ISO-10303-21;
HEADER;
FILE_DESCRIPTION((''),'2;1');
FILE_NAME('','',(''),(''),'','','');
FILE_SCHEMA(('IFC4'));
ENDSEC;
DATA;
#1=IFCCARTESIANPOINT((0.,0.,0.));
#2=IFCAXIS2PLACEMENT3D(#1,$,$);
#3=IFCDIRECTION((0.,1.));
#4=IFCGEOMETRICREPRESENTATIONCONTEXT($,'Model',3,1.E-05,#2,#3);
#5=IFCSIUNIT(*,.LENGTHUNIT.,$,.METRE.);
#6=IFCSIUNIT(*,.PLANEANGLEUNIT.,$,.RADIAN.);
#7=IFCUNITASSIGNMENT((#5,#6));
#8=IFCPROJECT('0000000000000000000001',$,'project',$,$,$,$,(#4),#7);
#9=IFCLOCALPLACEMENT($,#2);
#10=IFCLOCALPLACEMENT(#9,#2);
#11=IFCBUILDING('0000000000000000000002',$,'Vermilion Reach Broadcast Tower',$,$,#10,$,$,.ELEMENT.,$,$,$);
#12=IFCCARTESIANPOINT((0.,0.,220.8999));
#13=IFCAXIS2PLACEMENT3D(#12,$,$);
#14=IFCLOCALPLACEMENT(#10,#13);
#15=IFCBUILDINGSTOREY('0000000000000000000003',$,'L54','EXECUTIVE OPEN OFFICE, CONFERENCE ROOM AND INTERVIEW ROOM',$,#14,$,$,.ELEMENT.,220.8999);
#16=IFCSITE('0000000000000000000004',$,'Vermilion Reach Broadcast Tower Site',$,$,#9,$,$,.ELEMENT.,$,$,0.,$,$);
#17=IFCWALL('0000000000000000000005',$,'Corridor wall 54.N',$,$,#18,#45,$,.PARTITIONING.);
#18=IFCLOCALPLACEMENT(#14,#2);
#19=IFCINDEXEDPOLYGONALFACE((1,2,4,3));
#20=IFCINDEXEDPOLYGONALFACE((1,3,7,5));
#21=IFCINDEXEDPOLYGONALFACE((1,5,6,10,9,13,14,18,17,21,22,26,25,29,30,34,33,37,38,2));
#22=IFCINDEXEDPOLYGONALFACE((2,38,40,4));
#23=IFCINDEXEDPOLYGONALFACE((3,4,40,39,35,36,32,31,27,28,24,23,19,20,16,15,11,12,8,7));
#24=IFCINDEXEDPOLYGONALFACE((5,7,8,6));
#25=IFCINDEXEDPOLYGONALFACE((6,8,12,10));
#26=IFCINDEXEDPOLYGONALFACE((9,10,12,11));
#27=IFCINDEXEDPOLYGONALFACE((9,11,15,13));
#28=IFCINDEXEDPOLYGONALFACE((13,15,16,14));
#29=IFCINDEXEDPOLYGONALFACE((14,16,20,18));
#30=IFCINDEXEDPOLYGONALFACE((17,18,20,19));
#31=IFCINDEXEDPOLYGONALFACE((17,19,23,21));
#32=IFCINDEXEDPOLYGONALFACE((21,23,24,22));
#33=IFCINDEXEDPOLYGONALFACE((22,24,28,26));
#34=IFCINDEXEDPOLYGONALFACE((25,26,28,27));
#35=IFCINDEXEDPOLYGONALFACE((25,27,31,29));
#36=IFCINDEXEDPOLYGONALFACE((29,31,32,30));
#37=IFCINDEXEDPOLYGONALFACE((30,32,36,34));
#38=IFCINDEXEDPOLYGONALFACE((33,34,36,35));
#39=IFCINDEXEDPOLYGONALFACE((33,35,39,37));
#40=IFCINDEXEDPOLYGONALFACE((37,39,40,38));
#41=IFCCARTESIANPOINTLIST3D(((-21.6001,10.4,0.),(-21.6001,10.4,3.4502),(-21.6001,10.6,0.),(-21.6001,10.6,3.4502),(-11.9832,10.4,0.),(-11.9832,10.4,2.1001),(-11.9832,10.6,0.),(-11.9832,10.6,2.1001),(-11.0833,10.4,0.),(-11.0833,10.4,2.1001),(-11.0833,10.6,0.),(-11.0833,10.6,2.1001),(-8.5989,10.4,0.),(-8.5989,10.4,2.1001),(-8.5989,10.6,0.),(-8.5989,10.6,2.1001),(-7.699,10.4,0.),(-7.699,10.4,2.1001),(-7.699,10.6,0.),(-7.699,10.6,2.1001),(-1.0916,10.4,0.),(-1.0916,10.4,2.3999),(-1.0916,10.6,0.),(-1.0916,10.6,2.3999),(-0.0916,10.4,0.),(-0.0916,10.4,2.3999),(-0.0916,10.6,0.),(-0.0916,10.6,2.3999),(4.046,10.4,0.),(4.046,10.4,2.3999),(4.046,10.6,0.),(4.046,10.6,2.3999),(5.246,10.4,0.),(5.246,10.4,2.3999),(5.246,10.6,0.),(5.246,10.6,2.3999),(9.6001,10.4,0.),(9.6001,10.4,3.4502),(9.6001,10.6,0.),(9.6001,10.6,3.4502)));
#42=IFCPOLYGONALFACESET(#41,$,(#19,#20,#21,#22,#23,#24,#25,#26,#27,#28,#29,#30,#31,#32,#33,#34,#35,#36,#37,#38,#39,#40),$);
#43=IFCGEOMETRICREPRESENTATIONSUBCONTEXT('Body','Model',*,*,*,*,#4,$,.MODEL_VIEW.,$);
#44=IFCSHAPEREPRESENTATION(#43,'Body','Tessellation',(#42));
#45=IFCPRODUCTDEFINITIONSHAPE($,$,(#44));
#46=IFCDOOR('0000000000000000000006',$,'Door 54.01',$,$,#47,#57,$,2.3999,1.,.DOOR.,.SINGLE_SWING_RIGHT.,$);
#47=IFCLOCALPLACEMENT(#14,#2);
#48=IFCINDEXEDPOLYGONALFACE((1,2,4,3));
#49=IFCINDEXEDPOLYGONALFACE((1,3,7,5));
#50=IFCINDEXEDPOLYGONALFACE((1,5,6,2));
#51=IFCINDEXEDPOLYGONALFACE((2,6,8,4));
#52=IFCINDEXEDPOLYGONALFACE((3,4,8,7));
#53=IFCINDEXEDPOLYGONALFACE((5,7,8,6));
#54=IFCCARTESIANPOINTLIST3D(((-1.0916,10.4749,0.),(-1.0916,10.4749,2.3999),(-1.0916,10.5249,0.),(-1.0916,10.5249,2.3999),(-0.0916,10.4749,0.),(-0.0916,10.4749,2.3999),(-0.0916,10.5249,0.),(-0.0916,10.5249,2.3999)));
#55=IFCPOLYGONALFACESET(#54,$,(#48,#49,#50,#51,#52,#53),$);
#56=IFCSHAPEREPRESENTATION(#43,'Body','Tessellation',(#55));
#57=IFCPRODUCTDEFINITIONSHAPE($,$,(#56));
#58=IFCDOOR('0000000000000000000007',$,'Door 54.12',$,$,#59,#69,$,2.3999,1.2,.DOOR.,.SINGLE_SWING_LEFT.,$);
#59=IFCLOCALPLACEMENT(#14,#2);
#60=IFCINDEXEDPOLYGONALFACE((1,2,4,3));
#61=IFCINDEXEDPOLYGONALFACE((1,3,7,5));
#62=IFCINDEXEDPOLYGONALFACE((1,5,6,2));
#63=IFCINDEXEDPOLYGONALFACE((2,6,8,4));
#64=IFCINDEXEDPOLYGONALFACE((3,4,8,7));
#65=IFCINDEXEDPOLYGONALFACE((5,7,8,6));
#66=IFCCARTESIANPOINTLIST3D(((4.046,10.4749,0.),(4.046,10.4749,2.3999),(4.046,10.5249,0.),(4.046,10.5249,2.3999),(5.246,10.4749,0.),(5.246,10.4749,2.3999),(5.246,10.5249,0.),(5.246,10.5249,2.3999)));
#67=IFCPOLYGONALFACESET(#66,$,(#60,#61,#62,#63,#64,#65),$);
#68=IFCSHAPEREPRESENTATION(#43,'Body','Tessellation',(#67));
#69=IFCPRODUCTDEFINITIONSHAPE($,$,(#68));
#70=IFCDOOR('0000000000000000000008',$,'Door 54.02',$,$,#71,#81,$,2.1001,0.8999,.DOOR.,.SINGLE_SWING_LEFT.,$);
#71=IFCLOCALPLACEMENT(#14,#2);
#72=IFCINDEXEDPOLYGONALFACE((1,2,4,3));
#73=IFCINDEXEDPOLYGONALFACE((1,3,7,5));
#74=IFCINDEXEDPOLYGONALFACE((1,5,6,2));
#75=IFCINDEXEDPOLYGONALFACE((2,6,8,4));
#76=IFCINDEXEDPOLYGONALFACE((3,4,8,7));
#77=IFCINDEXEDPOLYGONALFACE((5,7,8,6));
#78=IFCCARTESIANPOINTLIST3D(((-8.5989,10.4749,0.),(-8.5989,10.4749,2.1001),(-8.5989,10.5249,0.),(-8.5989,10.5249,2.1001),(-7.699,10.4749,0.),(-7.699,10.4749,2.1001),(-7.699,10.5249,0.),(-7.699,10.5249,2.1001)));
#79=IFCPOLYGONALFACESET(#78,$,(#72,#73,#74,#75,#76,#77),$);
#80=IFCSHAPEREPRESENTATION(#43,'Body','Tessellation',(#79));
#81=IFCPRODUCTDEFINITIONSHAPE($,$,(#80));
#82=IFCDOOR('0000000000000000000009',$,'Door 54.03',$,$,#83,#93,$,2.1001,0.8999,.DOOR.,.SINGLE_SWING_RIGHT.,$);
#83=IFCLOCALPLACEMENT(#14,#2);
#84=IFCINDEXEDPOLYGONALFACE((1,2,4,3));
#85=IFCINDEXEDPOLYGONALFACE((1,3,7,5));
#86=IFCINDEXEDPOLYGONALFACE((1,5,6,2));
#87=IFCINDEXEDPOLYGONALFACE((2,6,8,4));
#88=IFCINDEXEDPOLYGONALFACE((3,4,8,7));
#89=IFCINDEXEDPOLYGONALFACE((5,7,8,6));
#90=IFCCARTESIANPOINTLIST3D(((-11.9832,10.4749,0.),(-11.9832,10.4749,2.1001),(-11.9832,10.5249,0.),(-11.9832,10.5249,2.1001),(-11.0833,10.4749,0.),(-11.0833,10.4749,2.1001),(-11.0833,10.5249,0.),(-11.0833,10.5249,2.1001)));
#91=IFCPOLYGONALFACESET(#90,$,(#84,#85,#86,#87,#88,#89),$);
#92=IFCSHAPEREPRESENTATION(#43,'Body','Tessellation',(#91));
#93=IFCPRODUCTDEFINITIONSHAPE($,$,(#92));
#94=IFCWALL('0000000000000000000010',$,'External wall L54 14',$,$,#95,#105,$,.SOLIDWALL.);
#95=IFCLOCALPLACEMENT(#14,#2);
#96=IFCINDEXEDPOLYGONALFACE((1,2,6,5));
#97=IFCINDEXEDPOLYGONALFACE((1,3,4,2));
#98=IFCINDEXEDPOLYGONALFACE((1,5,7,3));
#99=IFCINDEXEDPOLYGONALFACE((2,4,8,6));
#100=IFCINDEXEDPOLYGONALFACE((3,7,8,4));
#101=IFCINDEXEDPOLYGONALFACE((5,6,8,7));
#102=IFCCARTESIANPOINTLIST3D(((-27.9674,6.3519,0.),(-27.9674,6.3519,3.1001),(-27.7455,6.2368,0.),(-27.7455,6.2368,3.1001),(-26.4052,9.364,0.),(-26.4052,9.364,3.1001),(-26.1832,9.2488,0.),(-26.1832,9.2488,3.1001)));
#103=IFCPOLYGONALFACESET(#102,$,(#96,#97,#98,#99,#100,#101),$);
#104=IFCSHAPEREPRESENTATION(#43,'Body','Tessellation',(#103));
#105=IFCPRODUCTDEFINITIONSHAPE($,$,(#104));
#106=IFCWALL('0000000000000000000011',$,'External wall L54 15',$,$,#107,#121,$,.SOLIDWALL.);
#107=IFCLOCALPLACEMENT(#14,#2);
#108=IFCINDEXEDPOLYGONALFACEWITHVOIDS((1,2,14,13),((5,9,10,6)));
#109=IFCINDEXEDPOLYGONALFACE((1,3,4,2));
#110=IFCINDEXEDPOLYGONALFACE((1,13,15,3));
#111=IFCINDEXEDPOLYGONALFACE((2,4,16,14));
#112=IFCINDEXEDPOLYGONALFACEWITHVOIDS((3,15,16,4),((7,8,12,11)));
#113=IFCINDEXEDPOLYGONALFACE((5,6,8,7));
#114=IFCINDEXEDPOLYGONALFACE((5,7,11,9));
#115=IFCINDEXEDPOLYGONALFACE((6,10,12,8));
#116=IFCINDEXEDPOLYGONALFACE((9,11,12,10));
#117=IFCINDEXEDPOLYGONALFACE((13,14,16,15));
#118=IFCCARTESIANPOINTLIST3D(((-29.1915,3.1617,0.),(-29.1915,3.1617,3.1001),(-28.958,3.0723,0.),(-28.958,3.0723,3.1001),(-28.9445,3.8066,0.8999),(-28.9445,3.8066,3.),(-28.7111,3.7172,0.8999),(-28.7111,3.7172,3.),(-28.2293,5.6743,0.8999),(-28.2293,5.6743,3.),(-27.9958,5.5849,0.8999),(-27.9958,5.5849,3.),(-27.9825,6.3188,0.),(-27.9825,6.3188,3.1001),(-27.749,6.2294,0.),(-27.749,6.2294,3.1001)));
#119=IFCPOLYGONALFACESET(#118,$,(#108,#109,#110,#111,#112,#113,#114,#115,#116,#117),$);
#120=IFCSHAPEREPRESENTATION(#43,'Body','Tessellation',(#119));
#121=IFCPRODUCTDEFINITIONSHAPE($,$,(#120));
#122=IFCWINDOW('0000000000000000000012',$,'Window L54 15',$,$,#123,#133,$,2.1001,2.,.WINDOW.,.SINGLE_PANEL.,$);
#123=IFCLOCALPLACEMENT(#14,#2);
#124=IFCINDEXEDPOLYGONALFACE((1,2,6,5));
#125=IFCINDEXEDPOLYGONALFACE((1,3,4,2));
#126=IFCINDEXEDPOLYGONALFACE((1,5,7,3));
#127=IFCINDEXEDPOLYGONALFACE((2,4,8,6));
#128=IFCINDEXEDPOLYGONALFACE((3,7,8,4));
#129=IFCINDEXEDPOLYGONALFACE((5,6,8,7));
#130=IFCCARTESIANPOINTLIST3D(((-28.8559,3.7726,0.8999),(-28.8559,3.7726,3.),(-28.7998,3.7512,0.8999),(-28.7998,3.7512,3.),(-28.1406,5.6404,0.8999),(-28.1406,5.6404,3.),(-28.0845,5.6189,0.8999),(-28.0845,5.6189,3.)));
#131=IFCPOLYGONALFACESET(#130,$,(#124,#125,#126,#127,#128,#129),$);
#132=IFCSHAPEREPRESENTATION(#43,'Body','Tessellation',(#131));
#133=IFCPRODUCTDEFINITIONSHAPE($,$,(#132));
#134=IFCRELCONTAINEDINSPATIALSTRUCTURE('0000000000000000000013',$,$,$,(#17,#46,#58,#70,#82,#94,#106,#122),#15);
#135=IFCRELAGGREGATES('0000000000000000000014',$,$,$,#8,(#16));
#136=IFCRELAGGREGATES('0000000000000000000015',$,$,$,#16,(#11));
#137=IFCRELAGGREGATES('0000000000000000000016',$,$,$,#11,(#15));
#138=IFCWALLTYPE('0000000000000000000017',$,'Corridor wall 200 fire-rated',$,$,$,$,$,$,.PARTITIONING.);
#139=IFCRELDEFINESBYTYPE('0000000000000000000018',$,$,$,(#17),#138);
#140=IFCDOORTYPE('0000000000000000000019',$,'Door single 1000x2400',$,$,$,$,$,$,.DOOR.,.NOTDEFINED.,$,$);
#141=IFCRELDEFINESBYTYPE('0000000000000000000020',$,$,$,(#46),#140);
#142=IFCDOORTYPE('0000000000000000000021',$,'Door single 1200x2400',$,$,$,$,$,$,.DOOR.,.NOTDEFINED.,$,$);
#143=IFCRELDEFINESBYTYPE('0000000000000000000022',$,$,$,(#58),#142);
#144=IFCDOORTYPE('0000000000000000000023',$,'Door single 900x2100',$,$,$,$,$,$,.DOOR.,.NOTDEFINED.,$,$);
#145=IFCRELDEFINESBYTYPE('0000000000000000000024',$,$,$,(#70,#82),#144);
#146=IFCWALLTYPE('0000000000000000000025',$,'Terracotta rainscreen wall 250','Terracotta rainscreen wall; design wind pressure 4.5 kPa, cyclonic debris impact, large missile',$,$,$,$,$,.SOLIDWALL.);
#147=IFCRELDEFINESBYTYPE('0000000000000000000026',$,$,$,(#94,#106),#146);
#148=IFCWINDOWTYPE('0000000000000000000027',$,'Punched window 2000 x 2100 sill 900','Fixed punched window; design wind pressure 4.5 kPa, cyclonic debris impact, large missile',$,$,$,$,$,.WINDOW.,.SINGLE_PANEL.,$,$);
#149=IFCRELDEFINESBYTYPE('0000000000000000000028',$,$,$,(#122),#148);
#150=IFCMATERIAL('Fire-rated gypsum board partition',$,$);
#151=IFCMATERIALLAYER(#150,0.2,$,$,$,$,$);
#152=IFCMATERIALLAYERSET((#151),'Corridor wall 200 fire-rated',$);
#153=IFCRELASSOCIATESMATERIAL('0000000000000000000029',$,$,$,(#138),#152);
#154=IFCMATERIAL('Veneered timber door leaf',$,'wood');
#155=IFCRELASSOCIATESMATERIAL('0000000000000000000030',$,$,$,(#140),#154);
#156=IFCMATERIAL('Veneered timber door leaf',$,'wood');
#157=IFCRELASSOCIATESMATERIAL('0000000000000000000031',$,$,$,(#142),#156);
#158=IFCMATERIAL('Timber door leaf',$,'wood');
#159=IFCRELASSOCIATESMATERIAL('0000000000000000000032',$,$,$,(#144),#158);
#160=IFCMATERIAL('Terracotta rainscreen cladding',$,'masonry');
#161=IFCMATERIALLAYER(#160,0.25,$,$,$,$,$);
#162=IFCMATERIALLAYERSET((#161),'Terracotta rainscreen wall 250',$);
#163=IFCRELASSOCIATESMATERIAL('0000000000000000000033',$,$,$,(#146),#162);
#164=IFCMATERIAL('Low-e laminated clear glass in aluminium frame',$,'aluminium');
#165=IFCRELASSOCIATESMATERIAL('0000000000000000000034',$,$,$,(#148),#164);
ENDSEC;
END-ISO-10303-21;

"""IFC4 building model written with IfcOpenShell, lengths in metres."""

from ifc_helpers import new_model, si_unit, direction, frame, frame_2d, origin, place, context, subcontext, project, spatial, rectangle, extrude, material, layer, layer_set, type_object, element, fill, save


model = new_model("IFC4")

# Units and contexts
model_context = context("Model", 3, precision=1e-05, world=origin(), true_north=direction((0.0, 1.0)))
body_context = subcontext(model_context, "Body", "Model", "MODEL_VIEW")
ifc_project = project(units=[si_unit("LENGTHUNIT", "METRE"), si_unit("PLANEANGLEUNIT", "RADIAN")], contexts=[model_context])

# Site, building, storey
site_placement = place(None, origin())
site = spatial("IfcSite", under=ifc_project, at=site_placement, Name="Vermilion Reach Broadcast Tower Site", CompositionType="ELEMENT", RefElevation=0.0)
building_placement = place(site_placement, origin())
building = spatial("IfcBuilding", under=site, at=building_placement, Name="Vermilion Reach Broadcast Tower", CompositionType="ELEMENT")
storey_placement = place(building_placement, frame((0.0, 0.0, 220.8999)))
storey = spatial("IfcBuildingStorey", under=building, at=storey_placement, Name="L54", Description="EXECUTIVE OPEN OFFICE, CONFERENCE ROOM AND INTERVIEW ROOM", CompositionType="ELEMENT", Elevation=220.8999)

# Wall, openings, doors
ifc_material_1 = material(Name="Fire-rated gypsum board partition")
ifc_layer_1 = layer(ifc_material_1, 0.2)
ifc_layer_set_1 = layer_set([ifc_layer_1], Name="Corridor wall 200 fire-rated")
wall_type_1 = type_object("IfcWallType", Name="Corridor wall 200 fire-rated", PredefinedType="PARTITIONING", material=ifc_layer_set_1)
wall_1_placement = place(storey_placement, frame((-21.6001, 10.5, 0.0), z_axis=(0.0, 0.0, 1.0), x_axis=(1.0, 0.0, 0.0)))
wall_1 = element("IfcWall", 1, at=wall_1_placement, inside=storey, type_object=wall_type_1, Name="Corridor wall 54.N", PredefinedType="PARTITIONING", context=body_context, shape_type="SweptSolid", body=[
    extrude(rectangle(XDim=31.2002, YDim=0.2, at=frame_2d((15.6001, 0.0))), origin(), (0.0, 0.0, 1.0), 3.4502),
])
opening_1_placement = place(wall_1_placement, frame((20.5085, 0.0, 0.0)))
opening_1 = element("IfcOpeningElement", 2, at=opening_1_placement, cuts=wall_1, PredefinedType="OPENING", context=body_context, shape_type="SweptSolid", body=[
    extrude(rectangle(XDim=1.0, YDim=2.3999, at=frame_2d((0.5, 1.2))), frame((0.0, 0.1099, 0.0), z_axis=(0.0, -1.0, 0.0), x_axis=(1.0, 0.0, 0.0)), (0.0, 0.0, 1.0), 0.22),
])
opening_2_placement = place(wall_1_placement, frame((13.0012, 0.0, 0.0)))
opening_2 = element("IfcOpeningElement", 3, at=opening_2_placement, cuts=wall_1, PredefinedType="OPENING", context=body_context, shape_type="SweptSolid", body=[
    extrude(rectangle(XDim=0.8999, YDim=2.1001, at=frame_2d((0.45, 1.05))), frame((0.0, 0.1099, 0.0), z_axis=(0.0, -1.0, 0.0), x_axis=(1.0, 0.0, 0.0)), (0.0, 0.0, 1.0), 0.22),
])
opening_3_placement = place(wall_1_placement, frame((9.6169, 0.0, 0.0)))
opening_3 = element("IfcOpeningElement", 4, at=opening_3_placement, cuts=wall_1, PredefinedType="OPENING", context=body_context, shape_type="SweptSolid", body=[
    extrude(rectangle(XDim=0.8999, YDim=2.1001, at=frame_2d((0.45, 1.05))), frame((0.0, 0.1099, 0.0), z_axis=(0.0, -1.0, 0.0), x_axis=(1.0, 0.0, 0.0)), (0.0, 0.0, 1.0), 0.22),
])
opening_4_placement = place(wall_1_placement, frame((25.646, 0.0, 0.0)))
opening_4 = element("IfcOpeningElement", 5, at=opening_4_placement, cuts=wall_1, PredefinedType="OPENING", context=body_context, shape_type="SweptSolid", body=[
    extrude(rectangle(XDim=1.2, YDim=2.3999, at=frame_2d((0.6001, 1.2))), frame((0.0, 0.1099, 0.0), z_axis=(0.0, -1.0, 0.0), x_axis=(1.0, 0.0, 0.0)), (0.0, 0.0, 1.0), 0.22),
])
ifc_material_2 = material(Name="Veneered timber door leaf", Category="wood")
door_type_1 = type_object("IfcDoorType", Name="Door single 1000x2400", OperationType="NOTDEFINED", PredefinedType="DOOR", material=ifc_material_2)
door_1_placement = place(opening_1_placement, origin())
door_1 = element("IfcDoor", 6, at=door_1_placement, inside=storey, type_object=door_type_1, Name="Door 54.01", OperationType="SINGLE_SWING_RIGHT", OverallHeight=2.3999, OverallWidth=1.0, PredefinedType="DOOR", context=body_context, shape_type="SweptSolid", body=[
    extrude(rectangle(XDim=1.0, YDim=2.3999, at=frame_2d((0.5, 1.2))), frame((0.0, 0.0249, 0.0), z_axis=(0.0, -1.0, 0.0), x_axis=(1.0, 0.0, 0.0)), (0.0, 0.0, 1.0), 0.05),
])
fill(opening_1, door_1)
ifc_material_3 = material(Name="Veneered timber door leaf", Category="wood")
door_type_2 = type_object("IfcDoorType", Name="Door single 1200x2400", OperationType="NOTDEFINED", PredefinedType="DOOR", material=ifc_material_3)
door_2_placement = place(opening_4_placement, origin())
door_2 = element("IfcDoor", 7, at=door_2_placement, inside=storey, type_object=door_type_2, Name="Door 54.12", OperationType="SINGLE_SWING_LEFT", OverallHeight=2.3999, OverallWidth=1.2, PredefinedType="DOOR", context=body_context, shape_type="SweptSolid", body=[
    extrude(rectangle(XDim=1.2, YDim=2.3999, at=frame_2d((0.6001, 1.2))), frame((0.0, 0.0249, 0.0), z_axis=(0.0, -1.0, 0.0), x_axis=(1.0, 0.0, 0.0)), (0.0, 0.0, 1.0), 0.05),
])
fill(opening_4, door_2)
ifc_material_4 = material(Name="Timber door leaf", Category="wood")
door_type_3 = type_object("IfcDoorType", Name="Door single 900x2100", OperationType="NOTDEFINED", PredefinedType="DOOR", material=ifc_material_4)
door_3_placement = place(opening_2_placement, origin())
door_3 = element("IfcDoor", 8, at=door_3_placement, inside=storey, type_object=door_type_3, Name="Door 54.02", OperationType="SINGLE_SWING_LEFT", OverallHeight=2.1001, OverallWidth=0.8999, PredefinedType="DOOR", context=body_context, shape_type="SweptSolid", body=[
    extrude(rectangle(XDim=0.8999, YDim=2.1001, at=frame_2d((0.45, 1.05))), frame((0.0, 0.0249, 0.0), z_axis=(0.0, -1.0, 0.0), x_axis=(1.0, 0.0, 0.0)), (0.0, 0.0, 1.0), 0.05),
])
fill(opening_2, door_3)
door_4_placement = place(opening_3_placement, origin())
door_4 = element("IfcDoor", 9, at=door_4_placement, inside=storey, type_object=door_type_3, Name="Door 54.03", OperationType="SINGLE_SWING_RIGHT", OverallHeight=2.1001, OverallWidth=0.8999, PredefinedType="DOOR", context=body_context, shape_type="SweptSolid", body=[
    extrude(rectangle(XDim=0.8999, YDim=2.1001, at=frame_2d((0.45, 1.05))), frame((0.0, 0.0249, 0.0), z_axis=(0.0, -1.0, 0.0), x_axis=(1.0, 0.0, 0.0)), (0.0, 0.0, 1.0), 0.05),
])
fill(opening_3, door_4)

# Wall
ifc_material_5 = material(Name="Terracotta rainscreen cladding", Category="masonry")
ifc_layer_2 = layer(ifc_material_5, 0.25)
ifc_layer_set_2 = layer_set([ifc_layer_2], Name="Terracotta rainscreen wall 250")
wall_type_2 = type_object("IfcWallType", Name="Terracotta rainscreen wall 250", Description="Terracotta rainscreen wall; design wind pressure 4.5 kPa, cyclonic debris impact, large missile", PredefinedType="SOLIDWALL", material=ifc_layer_set_2)
wall_2_placement = place(storey_placement, frame((-26.2942, 9.3064, 0.0), z_axis=(0.0, 0.0, 1.0), x_axis=(-0.460433, -0.887695, 0.0)))
element("IfcWall", 10, at=wall_2_placement, inside=storey, type_object=wall_type_2, Name="External wall L54 14", PredefinedType="SOLIDWALL", context=body_context, shape_type="SweptSolid", body=[
    extrude(rectangle(XDim=3.3931, YDim=0.25, at=frame_2d((1.6965, 0.0))), origin(), (0.0, 0.0, 1.0), 3.1001),
])

# Wall, opening, window
wall_3_placement = place(storey_placement, frame((-27.8657, 6.2742, 0.0), z_axis=(0.0, 0.0, 1.0), x_axis=(-0.357629, -0.933864, 0.0)))
wall_3 = element("IfcWall", 11, at=wall_3_placement, inside=storey, type_object=wall_type_2, Name="External wall L54 15", PredefinedType="SOLIDWALL", context=body_context, shape_type="SweptSolid", body=[
    extrude(rectangle(XDim=3.3806, YDim=0.25, at=frame_2d((1.6904, 0.0))), origin(), (0.0, 0.0, 1.0), 3.1001),
])
opening_5_placement = place(wall_3_placement, frame((0.6902, 0.0, 0.8999)))
opening_5 = element("IfcOpeningElement", 12, at=opening_5_placement, cuts=wall_3, PredefinedType="OPENING", context=body_context, shape_type="SweptSolid", body=[
    extrude(rectangle(XDim=2.0, YDim=2.1001, at=frame_2d((1.0, 1.05))), frame((0.0, 0.135, 0.0), z_axis=(0.0, -1.0, 0.0), x_axis=(1.0, 0.0, 0.0)), (0.0, 0.0, 1.0), 0.27),
])
ifc_material_6 = material(Name="Low-e laminated clear glass in aluminium frame", Category="aluminium")
window_type = type_object("IfcWindowType", Name="Punched window 2000 x 2100 sill 900", Description="Fixed punched window; design wind pressure 4.5 kPa, cyclonic debris impact, large missile", PartitioningType="SINGLE_PANEL", PredefinedType="WINDOW", material=ifc_material_6)
window_placement = place(opening_5_placement, origin())
window = element("IfcWindow", 13, at=window_placement, inside=storey, type_object=window_type, Name="Window L54 15", OverallHeight=2.1001, OverallWidth=2.0, PartitioningType="SINGLE_PANEL", PredefinedType="WINDOW", context=body_context, shape_type="SweptSolid", body=[
    extrude(rectangle(XDim=2.0, YDim=2.1001, at=frame_2d((1.0, 1.05))), frame((0.0, 0.03, 0.0), z_axis=(0.0, -1.0, 0.0), x_axis=(1.0, 0.0, 0.0)), (0.0, 0.0, 1.0), 0.0601),
])
fill(opening_5, window)

save(model, "model.ifc")
